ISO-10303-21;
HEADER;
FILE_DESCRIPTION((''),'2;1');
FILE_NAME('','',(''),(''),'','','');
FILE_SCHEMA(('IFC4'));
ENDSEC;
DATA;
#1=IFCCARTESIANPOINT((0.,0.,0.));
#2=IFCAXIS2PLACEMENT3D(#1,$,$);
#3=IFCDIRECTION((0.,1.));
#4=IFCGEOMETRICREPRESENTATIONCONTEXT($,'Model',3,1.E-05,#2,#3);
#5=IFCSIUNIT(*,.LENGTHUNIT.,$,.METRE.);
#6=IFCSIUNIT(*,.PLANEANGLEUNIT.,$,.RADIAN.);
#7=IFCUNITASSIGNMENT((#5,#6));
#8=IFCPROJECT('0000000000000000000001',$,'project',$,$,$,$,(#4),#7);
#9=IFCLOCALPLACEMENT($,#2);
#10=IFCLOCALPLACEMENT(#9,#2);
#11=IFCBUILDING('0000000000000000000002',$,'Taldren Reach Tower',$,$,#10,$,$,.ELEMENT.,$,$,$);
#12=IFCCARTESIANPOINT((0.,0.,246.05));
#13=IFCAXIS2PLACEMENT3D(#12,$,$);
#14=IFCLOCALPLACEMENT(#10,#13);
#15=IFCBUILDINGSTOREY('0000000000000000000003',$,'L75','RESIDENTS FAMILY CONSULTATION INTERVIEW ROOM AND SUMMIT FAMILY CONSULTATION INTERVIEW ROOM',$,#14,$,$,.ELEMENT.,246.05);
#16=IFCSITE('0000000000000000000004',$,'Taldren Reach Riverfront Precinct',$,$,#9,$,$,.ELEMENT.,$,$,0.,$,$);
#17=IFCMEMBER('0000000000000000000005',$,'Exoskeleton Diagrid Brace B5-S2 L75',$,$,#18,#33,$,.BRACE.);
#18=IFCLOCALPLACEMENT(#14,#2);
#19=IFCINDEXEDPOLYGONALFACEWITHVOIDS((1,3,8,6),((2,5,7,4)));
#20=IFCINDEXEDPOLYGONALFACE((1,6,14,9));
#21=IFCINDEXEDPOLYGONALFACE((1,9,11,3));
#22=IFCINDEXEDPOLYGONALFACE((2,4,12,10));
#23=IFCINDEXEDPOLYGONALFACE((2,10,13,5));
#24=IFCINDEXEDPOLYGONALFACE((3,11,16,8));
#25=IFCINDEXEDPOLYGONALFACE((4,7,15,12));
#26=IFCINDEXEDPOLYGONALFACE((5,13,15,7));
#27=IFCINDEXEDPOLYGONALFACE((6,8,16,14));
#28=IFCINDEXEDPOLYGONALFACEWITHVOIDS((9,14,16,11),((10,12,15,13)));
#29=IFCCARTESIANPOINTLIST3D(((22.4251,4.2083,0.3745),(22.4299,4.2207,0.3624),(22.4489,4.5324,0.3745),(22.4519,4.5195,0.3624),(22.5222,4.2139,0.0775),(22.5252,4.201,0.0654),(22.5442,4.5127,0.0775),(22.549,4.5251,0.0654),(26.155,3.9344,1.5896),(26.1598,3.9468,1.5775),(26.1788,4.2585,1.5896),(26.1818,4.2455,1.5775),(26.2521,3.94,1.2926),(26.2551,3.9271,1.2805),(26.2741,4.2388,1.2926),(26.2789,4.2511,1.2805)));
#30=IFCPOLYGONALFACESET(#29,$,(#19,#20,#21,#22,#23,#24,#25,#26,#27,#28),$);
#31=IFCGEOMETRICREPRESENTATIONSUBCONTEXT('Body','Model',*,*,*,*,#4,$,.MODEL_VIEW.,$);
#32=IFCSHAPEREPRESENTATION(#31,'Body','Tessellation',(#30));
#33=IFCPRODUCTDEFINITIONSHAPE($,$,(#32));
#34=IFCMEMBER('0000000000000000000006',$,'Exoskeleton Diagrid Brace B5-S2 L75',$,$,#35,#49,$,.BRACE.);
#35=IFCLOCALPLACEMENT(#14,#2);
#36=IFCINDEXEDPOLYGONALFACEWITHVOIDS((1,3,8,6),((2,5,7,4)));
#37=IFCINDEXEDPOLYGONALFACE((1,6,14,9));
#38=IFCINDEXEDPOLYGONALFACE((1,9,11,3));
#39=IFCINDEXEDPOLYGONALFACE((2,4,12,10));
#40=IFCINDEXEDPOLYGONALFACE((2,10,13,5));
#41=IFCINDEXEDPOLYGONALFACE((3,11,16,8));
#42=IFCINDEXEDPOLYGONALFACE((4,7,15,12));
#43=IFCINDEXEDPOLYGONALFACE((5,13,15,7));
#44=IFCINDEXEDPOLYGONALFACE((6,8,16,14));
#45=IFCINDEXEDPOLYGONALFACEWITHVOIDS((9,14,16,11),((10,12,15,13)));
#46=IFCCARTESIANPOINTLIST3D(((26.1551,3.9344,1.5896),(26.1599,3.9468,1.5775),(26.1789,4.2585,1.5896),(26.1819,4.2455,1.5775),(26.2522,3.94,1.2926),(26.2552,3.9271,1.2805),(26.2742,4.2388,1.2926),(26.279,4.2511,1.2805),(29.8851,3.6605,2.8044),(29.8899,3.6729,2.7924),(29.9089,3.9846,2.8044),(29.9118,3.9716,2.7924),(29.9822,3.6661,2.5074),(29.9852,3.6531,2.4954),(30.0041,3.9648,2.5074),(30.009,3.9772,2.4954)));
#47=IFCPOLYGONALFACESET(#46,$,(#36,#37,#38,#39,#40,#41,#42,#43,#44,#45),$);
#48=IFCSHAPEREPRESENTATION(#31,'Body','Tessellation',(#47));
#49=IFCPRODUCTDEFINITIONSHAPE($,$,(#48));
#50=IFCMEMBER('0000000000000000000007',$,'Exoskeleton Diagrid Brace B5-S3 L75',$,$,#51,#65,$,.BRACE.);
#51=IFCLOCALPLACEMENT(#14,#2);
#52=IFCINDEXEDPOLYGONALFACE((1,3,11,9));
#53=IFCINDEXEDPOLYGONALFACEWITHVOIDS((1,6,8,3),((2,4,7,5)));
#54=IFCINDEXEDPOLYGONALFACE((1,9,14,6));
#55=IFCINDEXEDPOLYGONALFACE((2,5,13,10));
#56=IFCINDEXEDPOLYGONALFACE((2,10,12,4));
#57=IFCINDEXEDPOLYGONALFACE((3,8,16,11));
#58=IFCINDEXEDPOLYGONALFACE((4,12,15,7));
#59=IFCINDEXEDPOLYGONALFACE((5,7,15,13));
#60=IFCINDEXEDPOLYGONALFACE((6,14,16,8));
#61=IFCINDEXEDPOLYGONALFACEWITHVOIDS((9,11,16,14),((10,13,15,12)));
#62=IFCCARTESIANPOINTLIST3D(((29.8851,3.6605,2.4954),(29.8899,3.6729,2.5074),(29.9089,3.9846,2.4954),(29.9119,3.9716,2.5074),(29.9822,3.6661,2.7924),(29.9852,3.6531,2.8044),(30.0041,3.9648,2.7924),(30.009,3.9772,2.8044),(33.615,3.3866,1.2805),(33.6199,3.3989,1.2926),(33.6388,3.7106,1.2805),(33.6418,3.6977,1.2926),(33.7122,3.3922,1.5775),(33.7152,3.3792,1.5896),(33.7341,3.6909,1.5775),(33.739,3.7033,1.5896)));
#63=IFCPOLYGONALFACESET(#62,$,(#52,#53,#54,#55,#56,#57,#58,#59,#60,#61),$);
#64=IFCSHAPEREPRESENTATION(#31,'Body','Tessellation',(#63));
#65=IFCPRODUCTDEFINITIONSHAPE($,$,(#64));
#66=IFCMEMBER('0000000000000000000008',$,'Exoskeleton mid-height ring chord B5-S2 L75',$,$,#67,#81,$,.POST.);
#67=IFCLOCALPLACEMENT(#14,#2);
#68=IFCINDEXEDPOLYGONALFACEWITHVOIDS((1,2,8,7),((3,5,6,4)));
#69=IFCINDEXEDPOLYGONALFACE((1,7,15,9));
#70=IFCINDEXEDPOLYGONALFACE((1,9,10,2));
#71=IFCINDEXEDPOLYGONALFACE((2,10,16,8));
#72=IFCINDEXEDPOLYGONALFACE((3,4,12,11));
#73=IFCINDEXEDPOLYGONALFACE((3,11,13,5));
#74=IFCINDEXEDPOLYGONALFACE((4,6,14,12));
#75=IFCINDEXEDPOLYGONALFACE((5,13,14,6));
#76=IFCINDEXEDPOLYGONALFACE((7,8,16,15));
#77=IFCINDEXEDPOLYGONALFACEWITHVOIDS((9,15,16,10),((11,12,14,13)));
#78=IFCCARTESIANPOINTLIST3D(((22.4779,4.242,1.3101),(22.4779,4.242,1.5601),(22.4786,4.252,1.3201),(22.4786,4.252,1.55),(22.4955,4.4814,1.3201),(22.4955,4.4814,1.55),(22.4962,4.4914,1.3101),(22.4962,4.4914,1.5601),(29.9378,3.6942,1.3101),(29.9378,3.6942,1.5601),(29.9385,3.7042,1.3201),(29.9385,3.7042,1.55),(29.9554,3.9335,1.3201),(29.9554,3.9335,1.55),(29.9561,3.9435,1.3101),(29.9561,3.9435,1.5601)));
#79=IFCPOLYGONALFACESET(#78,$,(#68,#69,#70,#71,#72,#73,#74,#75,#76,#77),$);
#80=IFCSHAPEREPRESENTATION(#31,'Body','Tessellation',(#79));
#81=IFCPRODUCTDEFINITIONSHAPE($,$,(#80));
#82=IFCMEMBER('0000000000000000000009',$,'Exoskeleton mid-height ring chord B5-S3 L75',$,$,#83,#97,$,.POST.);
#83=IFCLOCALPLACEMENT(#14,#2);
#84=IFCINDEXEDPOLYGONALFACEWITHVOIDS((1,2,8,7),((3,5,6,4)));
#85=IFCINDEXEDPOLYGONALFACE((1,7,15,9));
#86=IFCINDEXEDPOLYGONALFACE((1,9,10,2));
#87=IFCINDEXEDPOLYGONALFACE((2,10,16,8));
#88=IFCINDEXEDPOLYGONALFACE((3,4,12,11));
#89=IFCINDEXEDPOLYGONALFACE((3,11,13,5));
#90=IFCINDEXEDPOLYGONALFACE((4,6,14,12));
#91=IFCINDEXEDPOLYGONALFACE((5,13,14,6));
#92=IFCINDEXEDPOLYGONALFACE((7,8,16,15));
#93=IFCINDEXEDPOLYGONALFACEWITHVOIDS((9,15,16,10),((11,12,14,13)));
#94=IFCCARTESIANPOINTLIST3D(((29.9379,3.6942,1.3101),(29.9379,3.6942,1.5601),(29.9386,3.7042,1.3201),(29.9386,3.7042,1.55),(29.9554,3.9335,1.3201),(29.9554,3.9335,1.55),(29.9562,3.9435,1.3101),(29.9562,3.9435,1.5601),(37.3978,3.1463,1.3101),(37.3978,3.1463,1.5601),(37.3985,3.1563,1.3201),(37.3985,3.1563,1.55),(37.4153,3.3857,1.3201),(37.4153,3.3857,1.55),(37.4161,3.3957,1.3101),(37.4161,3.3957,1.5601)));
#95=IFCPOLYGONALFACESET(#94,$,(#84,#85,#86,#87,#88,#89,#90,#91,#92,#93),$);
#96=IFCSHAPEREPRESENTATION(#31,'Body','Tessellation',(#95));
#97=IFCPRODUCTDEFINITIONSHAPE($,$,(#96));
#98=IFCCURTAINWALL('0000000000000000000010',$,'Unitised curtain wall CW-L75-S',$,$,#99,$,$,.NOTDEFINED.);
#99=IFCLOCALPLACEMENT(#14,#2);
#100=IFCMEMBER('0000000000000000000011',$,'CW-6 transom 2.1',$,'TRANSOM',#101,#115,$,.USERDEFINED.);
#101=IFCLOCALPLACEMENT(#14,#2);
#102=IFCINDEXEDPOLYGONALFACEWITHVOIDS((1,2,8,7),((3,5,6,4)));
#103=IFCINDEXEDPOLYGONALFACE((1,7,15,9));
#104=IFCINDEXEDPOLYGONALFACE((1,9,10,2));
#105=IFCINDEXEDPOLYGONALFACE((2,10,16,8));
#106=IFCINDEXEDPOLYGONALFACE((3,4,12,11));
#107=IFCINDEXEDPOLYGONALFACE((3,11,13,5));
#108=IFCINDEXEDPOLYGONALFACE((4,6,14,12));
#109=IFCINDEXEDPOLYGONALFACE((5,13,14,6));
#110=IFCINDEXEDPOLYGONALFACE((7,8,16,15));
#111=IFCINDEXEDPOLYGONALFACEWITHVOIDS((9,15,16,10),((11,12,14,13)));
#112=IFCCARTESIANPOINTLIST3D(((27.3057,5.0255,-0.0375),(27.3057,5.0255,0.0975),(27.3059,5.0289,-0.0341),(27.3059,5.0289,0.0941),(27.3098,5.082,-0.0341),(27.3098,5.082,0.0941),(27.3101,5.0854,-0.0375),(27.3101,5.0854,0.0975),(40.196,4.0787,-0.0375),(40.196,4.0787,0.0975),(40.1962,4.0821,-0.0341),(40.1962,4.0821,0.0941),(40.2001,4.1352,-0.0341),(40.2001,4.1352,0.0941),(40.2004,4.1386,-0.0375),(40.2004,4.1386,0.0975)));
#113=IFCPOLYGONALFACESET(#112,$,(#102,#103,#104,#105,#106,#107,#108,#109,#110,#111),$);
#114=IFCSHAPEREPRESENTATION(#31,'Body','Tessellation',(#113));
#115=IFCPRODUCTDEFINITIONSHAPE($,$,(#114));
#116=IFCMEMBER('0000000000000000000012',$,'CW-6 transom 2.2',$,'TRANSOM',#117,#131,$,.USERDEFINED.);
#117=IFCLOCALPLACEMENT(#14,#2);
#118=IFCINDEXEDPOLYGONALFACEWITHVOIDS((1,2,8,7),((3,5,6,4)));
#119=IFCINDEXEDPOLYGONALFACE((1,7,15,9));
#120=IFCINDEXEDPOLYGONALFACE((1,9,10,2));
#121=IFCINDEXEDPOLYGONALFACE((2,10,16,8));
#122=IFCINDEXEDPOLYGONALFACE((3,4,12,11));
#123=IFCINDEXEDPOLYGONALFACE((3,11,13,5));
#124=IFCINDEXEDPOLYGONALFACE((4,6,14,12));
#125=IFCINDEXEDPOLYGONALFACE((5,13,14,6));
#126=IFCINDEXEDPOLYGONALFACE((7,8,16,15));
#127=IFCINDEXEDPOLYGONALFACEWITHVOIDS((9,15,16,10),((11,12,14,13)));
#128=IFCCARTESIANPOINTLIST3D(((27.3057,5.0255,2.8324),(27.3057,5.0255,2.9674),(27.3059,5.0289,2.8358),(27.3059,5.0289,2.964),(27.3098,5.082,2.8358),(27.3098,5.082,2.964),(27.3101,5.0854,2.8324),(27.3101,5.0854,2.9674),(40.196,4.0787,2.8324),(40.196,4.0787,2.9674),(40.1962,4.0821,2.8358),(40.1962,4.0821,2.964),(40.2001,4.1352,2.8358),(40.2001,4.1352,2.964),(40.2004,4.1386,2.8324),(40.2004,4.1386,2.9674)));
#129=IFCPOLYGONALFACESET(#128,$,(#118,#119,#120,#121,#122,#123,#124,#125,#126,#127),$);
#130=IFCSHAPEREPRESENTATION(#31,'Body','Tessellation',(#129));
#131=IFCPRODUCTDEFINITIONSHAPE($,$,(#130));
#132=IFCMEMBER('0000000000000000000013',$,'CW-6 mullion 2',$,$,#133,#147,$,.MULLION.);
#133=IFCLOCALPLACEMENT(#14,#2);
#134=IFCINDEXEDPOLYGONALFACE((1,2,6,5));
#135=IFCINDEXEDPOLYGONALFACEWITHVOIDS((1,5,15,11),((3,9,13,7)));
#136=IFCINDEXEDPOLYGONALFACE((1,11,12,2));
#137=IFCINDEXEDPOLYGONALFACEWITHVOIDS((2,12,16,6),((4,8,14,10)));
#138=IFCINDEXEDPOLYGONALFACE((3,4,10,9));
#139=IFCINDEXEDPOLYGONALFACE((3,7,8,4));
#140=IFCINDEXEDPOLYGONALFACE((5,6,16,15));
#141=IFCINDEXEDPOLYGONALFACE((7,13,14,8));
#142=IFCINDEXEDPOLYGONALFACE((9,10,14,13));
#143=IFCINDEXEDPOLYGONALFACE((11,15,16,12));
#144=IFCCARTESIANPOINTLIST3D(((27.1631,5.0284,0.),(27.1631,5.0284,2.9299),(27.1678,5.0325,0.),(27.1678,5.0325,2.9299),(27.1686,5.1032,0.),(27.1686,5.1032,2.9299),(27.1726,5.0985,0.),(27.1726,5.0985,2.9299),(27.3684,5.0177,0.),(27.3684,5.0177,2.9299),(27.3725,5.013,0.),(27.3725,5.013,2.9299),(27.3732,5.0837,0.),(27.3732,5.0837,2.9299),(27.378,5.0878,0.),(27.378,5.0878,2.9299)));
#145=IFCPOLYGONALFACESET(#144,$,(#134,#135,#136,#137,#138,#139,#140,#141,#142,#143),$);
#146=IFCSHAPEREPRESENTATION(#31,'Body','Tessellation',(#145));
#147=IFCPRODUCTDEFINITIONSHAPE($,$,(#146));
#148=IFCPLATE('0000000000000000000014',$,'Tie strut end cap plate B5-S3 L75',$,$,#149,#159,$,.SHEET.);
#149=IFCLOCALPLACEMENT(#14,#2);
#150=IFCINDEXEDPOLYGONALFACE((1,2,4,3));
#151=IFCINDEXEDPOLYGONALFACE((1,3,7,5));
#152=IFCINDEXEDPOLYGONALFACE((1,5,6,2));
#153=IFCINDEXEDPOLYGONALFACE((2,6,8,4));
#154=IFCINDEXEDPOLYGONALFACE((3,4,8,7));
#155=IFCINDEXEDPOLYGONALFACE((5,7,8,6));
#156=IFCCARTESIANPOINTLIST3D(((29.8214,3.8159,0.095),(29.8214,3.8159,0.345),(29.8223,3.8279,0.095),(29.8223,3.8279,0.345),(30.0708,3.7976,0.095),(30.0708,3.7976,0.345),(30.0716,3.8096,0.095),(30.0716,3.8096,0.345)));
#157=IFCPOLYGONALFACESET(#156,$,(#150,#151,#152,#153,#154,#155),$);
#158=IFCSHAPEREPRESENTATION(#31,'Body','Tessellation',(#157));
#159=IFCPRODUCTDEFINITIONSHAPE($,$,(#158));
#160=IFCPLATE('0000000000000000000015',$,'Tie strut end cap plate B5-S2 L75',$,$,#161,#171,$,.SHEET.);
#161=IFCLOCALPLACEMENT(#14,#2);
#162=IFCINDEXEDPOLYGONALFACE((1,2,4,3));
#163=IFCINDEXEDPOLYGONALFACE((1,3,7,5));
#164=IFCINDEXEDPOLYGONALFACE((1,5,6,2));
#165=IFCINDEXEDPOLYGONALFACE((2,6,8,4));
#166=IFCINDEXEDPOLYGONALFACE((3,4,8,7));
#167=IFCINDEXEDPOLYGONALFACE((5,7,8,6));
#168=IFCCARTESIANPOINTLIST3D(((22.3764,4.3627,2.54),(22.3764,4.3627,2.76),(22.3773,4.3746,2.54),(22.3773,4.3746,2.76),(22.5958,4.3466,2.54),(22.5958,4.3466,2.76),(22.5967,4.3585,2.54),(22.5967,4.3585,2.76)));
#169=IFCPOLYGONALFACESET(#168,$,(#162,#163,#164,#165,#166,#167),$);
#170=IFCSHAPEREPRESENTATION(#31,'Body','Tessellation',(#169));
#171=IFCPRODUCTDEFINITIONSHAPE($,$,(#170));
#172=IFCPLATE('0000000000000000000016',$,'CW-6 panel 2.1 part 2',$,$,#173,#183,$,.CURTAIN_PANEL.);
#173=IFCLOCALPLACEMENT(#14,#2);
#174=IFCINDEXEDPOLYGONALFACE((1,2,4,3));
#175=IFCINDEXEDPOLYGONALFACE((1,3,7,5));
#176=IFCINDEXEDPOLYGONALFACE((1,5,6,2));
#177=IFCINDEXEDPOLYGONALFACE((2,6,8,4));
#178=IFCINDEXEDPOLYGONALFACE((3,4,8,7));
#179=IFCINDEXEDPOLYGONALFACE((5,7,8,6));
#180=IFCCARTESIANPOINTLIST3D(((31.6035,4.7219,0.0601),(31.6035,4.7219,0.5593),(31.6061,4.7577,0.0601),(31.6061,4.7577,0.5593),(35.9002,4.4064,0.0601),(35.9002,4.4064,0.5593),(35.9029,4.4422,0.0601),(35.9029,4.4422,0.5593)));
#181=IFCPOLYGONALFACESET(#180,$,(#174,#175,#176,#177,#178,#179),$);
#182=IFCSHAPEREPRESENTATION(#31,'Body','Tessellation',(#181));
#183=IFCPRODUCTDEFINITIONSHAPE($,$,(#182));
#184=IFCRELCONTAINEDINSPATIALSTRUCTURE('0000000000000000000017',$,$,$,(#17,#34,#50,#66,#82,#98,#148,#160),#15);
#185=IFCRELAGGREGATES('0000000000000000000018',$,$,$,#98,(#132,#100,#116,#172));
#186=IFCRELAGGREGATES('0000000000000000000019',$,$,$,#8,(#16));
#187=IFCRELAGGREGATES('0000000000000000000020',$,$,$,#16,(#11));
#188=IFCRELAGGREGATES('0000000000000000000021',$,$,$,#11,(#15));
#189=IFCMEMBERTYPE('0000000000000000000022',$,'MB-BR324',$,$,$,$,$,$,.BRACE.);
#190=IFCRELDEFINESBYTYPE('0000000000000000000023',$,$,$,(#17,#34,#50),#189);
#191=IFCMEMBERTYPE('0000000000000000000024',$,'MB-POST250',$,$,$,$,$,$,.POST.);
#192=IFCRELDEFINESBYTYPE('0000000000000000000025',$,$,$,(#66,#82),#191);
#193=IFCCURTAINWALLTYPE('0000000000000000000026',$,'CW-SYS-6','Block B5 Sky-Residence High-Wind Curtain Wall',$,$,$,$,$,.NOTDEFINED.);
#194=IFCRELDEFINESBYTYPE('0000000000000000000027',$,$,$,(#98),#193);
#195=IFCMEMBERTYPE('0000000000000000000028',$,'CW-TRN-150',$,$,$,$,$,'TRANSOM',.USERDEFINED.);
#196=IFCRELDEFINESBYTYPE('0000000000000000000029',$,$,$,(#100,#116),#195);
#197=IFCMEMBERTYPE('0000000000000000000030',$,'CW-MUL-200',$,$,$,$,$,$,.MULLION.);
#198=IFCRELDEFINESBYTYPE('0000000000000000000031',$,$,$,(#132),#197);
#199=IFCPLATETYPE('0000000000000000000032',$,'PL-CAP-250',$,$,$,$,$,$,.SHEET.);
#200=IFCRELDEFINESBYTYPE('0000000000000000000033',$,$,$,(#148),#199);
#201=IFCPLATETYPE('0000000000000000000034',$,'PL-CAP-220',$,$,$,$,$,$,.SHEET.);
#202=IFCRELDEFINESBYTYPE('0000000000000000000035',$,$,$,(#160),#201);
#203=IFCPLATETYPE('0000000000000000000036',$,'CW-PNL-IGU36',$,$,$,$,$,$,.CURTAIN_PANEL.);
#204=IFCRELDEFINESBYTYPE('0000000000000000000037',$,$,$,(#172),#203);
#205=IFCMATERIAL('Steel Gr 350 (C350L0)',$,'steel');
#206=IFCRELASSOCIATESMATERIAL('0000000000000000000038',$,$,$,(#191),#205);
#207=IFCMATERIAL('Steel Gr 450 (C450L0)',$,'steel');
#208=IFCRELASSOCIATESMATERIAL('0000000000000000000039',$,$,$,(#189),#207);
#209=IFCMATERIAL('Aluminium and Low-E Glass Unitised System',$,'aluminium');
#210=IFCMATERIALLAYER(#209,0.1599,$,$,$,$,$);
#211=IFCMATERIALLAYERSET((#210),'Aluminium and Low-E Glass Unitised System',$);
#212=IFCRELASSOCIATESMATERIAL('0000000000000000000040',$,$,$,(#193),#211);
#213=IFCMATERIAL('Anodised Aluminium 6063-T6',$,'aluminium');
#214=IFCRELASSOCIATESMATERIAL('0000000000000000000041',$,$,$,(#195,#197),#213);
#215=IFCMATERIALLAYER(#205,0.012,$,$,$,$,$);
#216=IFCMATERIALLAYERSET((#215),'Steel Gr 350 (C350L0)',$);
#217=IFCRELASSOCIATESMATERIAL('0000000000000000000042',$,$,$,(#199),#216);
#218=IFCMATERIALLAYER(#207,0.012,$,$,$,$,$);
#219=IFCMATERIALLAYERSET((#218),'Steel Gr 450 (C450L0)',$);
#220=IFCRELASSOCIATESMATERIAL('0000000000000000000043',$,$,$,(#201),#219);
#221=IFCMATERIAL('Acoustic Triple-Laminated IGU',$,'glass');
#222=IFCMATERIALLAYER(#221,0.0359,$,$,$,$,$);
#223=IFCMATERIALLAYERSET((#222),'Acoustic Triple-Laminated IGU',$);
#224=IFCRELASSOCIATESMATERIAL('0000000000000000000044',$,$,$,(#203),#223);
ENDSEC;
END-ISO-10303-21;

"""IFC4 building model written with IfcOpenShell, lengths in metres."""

from ifc_helpers import new_model, si_unit, direction, frame, origin, origin_2d, place, context, subcontext, project, spatial, rectangle, hollow_rectangle, extrude, source, transform, mapped, material, layer, layer_set, material_profile, profile_set, type_object, element, aggregate, save


model = new_model("IFC4")

# Units and contexts
model_context = context("Model", 3, precision=1e-05, world=origin(), true_north=direction((0.0, 1.0)))
body_context = subcontext(model_context, "Body", "Model", "MODEL_VIEW")
ifc_project = project(units=[si_unit("LENGTHUNIT", "METRE"), si_unit("PLANEANGLEUNIT", "RADIAN")], contexts=[model_context])

# Site, building, storey
site_placement = place(None, origin())
site = spatial("IfcSite", under=ifc_project, at=site_placement, Name="Taldren Reach Riverfront Precinct", CompositionType="ELEMENT", RefElevation=0.0)
building_placement = place(site_placement, origin())
building = spatial("IfcBuilding", under=site, at=building_placement, Name="Taldren Reach Tower", CompositionType="ELEMENT")
storey_placement = place(building_placement, frame((0.0, 0.0, 246.05)))
storey = spatial("IfcBuildingStorey", under=building, at=storey_placement, Name="L75", Description="RESIDENTS FAMILY CONSULTATION INTERVIEW ROOM AND SUMMIT FAMILY CONSULTATION INTERVIEW ROOM", CompositionType="ELEMENT", Elevation=246.05)

# Shared definitions
ifc_material_1 = material(Name="Steel Gr 350 (C350L0)", Category="steel")

# Shared definitions
ifc_material_profile_1 = material_profile(ifc_material_1, hollow_rectangle(XDim=0.25, YDim=0.25, WallThickness=0.01, at=origin_2d()), Name="250x250x10.0SHS")
ifc_profile_set_1 = profile_set([ifc_material_profile_1], Name="Steel Gr 350 (C350L0)")
member_type_1 = type_object("IfcMemberType", Name="MB-POST250", PredefinedType="POST", material=ifc_profile_set_1)
ifc_material_2 = material(Name="Steel Gr 450 (C450L0)", Category="steel")

# Members
ifc_material_profile_2 = material_profile(ifc_material_2, hollow_rectangle(XDim=0.325, YDim=0.325, WallThickness=0.0127, at=origin_2d()), Name="325x325x12.7SHS")
ifc_profile_set_2 = profile_set([ifc_material_profile_2], Name="Steel Gr 450 (C450L0)")
member_type_2 = type_object("IfcMemberType", Name="MB-BR324", PredefinedType="BRACE", material=ifc_profile_set_2)
shared_shape_1 = source(origin(), body_context, "Body", "SweptSolid", [
    extrude(hollow_rectangle(XDim=0.325, YDim=0.325, WallThickness=0.0127, at=origin_2d()), origin(), (0.0, 0.0, 1.0), 3.9324),
])
for number, where, z_axis, x_axis, name in (
    (1, (22.4871, 4.3667, 0.22), (0.948511, -0.069658, 0.308989), (0.073242, 0.997314, 0.0), "Exoskeleton Diagrid Brace B5-S2 L75"),
    (2, (26.217, 4.0928, 1.4351), (0.948529, -0.069659, 0.308933), (0.073242, 0.997314, 0.0), "Exoskeleton Diagrid Brace B5-S2 L75"),
    (3, (33.677, 3.5449, 1.4351), (-0.948529, 0.069659, 0.308933), (-0.073242, -0.997314, 0.0), "Exoskeleton Diagrid Brace B5-S3 L75"),
):
    element("IfcMember", number, at=place(storey_placement, frame(where, z_axis=z_axis, x_axis=x_axis)), inside=storey, type_object=member_type_2, Name=name, PredefinedType="BRACE", context=body_context, shape_type="MappedRepresentation", body=[
        mapped(shared_shape_1, transform((0.0, 0.0, 0.0), scale=1.0)),
    ])
shared_shape_2 = source(origin(), body_context, "Body", "SweptSolid", [
    extrude(hollow_rectangle(XDim=0.25, YDim=0.25, WallThickness=0.01, at=origin_2d()), origin(), (0.0, 0.0, 1.0), 7.48),
])
for number, where, z_axis, x_axis, name in (
    (4, (22.4871, 4.3667, 1.4351), (0.997314, -0.073242, 0.0), (0.073242, 0.997314, 0.0), "Exoskeleton mid-height ring chord B5-S2 L75"),
    (5, (29.947, 3.8188, 1.4351), (0.997314, -0.073242, 0.0), (0.073242, 0.997314, 0.0), "Exoskeleton mid-height ring chord B5-S3 L75"),
):
    element("IfcMember", number, at=place(storey_placement, frame(where, z_axis=z_axis, x_axis=x_axis)), inside=storey, type_object=member_type_1, Name=name, PredefinedType="POST", context=body_context, shape_type="MappedRepresentation", body=[
        mapped(shared_shape_2, transform((0.0, 0.0, 0.0), scale=1.0)),
    ])

# Curtain wall, members
ifc_material_3 = material(Name="Aluminium and Low-E Glass Unitised System", Category="aluminium")
ifc_layer_1 = layer(ifc_material_3, 0.1599)
ifc_layer_set_1 = layer_set([ifc_layer_1], Name="Aluminium and Low-E Glass Unitised System")
curtain_wall_type = type_object("IfcCurtainWallType", Name="CW-SYS-6", Description="Block B5 Sky-Residence High-Wind Curtain Wall", PredefinedType="NOTDEFINED", material=ifc_layer_set_1)
curtain_wall_placement = place(storey_placement, origin())
curtain_wall = element("IfcCurtainWall", 6, at=curtain_wall_placement, inside=storey, type_object=curtain_wall_type, Name="Unitised curtain wall CW-L75-S", PredefinedType="NOTDEFINED")
ifc_material_4 = material(Name="Anodised Aluminium 6063-T6", Category="aluminium")
ifc_material_profile_3 = material_profile(ifc_material_4, hollow_rectangle(XDim=0.0601, YDim=0.135, WallThickness=0.0034, at=origin_2d()), Name="ALU-135x60x3.5RHS")
ifc_profile_set_3 = profile_set([ifc_material_profile_3], Name="Anodised Aluminium 6063-T6")
member_type_3 = type_object("IfcMemberType", Name="CW-TRN-150", ElementType="TRANSOM", PredefinedType="USERDEFINED", material=ifc_profile_set_3)
shared_shape_3 = source(origin(), body_context, "Body", "SweptSolid", [
    extrude(hollow_rectangle(XDim=0.0601, YDim=0.135, WallThickness=0.0034, at=origin_2d()), origin(), (0.0, 0.0, 1.0), 12.925),
])
member_1_placement = place(storey_placement, frame((27.3079, 5.0554, 0.03), z_axis=(0.997314, -0.073251, 0.0), x_axis=(0.073251, 0.997314, 0.0)))
member_1 = element("IfcMember", 7, at=member_1_placement, type_object=member_type_3, Name="CW-6 transom 2.1", ObjectType="TRANSOM", PredefinedType="USERDEFINED", context=body_context, shape_type="MappedRepresentation", body=[
    mapped(shared_shape_3, transform((0.0, 0.0, 0.0), scale=1.0)),
])
member_2_placement = place(storey_placement, frame((27.3079, 5.0554, 2.8999), z_axis=(0.997314, -0.073251, 0.0), x_axis=(0.073251, 0.997314, 0.0)))
member_2 = element("IfcMember", 8, at=member_2_placement, type_object=member_type_3, Name="CW-6 transom 2.2", ObjectType="TRANSOM", PredefinedType="USERDEFINED", context=body_context, shape_type="MappedRepresentation", body=[
    mapped(shared_shape_3, transform((0.0, 0.0, 0.0), scale=1.0)),
])
ifc_material_profile_4 = material_profile(ifc_material_4, hollow_rectangle(XDim=0.075, YDim=0.21, WallThickness=0.0044, at=origin_2d()), Name="ALU-210x75x4.5RHS")
ifc_profile_set_4 = profile_set([ifc_material_profile_4], Name="Anodised Aluminium 6063-T6")
member_type_4 = type_object("IfcMemberType", Name="CW-MUL-200", PredefinedType="MULLION", material=ifc_profile_set_4)
shared_shape_4 = source(origin(), body_context, "Body", "SweptSolid", [
    extrude(hollow_rectangle(XDim=0.075, YDim=0.21, WallThickness=0.0044, at=origin_2d()), origin(), (0.0, 0.0, 1.0), 2.9299),
])
member_3_placement = place(storey_placement, frame((27.2705, 5.0581, 0.0), z_axis=(0.0, 0.0, 1.0), x_axis=(0.073238, 0.997314, 0.0)))
member_3 = element("IfcMember", 9, at=member_3_placement, type_object=member_type_4, Name="CW-6 mullion 2", PredefinedType="MULLION", context=body_context, shape_type="MappedRepresentation", body=[
    mapped(shared_shape_4, transform((0.0, 0.0, 0.0), scale=1.0)),
])

# Plates
ifc_layer_2 = layer(ifc_material_1, 0.012)
ifc_layer_set_2 = layer_set([ifc_layer_2], Name="Steel Gr 350 (C350L0)")
plate_type_1 = type_object("IfcPlateType", Name="PL-CAP-250", PredefinedType="SHEET", material=ifc_layer_set_2)
shared_shape_5 = source(origin(), body_context, "Body", "SweptSolid", [
    extrude(rectangle(XDim=0.25, YDim=0.012, at=origin_2d()), origin(), (0.0, 0.0, 1.0), 0.25),
])
plate_1_placement = place(storey_placement, frame((29.9465, 3.8127, 0.095), z_axis=(0.0, 0.0, 1.0), x_axis=(0.997314, -0.073238, 0.0)))
element("IfcPlate", 10, at=plate_1_placement, inside=storey, type_object=plate_type_1, Name="Tie strut end cap plate B5-S3 L75", PredefinedType="SHEET", context=body_context, shape_type="MappedRepresentation", body=[
    mapped(shared_shape_5, transform((0.0, 0.0, 0.0), scale=1.0)),
])
ifc_layer_3 = layer(ifc_material_2, 0.012)
ifc_layer_set_3 = layer_set([ifc_layer_3], Name="Steel Gr 450 (C450L0)")
plate_type_2 = type_object("IfcPlateType", Name="PL-CAP-220", PredefinedType="SHEET", material=ifc_layer_set_3)
shared_shape_6 = source(origin(), body_context, "Body", "SweptSolid", [
    extrude(rectangle(XDim=0.22, YDim=0.012, at=origin_2d()), origin(), (0.0, 0.0, 1.0), 0.22),
])
plate_2_placement = place(storey_placement, frame((22.4866, 4.3606, 2.54), z_axis=(0.0, 0.0, 1.0), x_axis=(0.997314, -0.073238, 0.0)))
element("IfcPlate", 11, at=plate_2_placement, inside=storey, type_object=plate_type_2, Name="Tie strut end cap plate B5-S2 L75", PredefinedType="SHEET", context=body_context, shape_type="MappedRepresentation", body=[
    mapped(shared_shape_6, transform((0.0, 0.0, 0.0), scale=1.0)),
])

# Plate
ifc_material_5 = material(Name="Acoustic Triple-Laminated IGU", Category="glass")
ifc_layer_4 = layer(ifc_material_5, 0.0359)
ifc_layer_set_4 = layer_set([ifc_layer_4], Name="Acoustic Triple-Laminated IGU")
plate_type_3 = type_object("IfcPlateType", Name="CW-PNL-IGU36", PredefinedType="CURTAIN_PANEL", material=ifc_layer_set_4)
shared_shape_7 = source(origin(), body_context, "Body", "SweptSolid", [
    extrude(rectangle(XDim=4.3083, YDim=0.0359, at=origin_2d()), origin(), (0.0, 0.0, 1.0), 0.4993),
])
plate_3_placement = place(storey_placement, frame((33.7532, 4.582, 0.0601), z_axis=(0.0, 0.0, 1.0), x_axis=(0.997314, -0.073238, 0.0)))
plate_3 = element("IfcPlate", 12, at=plate_3_placement, type_object=plate_type_3, Name="CW-6 panel 2.1 part 2", PredefinedType="CURTAIN_PANEL", context=body_context, shape_type="MappedRepresentation", body=[
    mapped(shared_shape_7, transform((0.0, 0.0, 0.0), scale=1.0)),
])
aggregate(curtain_wall, [member_3, member_1, member_2, plate_3])

save(model, "model.ifc")
